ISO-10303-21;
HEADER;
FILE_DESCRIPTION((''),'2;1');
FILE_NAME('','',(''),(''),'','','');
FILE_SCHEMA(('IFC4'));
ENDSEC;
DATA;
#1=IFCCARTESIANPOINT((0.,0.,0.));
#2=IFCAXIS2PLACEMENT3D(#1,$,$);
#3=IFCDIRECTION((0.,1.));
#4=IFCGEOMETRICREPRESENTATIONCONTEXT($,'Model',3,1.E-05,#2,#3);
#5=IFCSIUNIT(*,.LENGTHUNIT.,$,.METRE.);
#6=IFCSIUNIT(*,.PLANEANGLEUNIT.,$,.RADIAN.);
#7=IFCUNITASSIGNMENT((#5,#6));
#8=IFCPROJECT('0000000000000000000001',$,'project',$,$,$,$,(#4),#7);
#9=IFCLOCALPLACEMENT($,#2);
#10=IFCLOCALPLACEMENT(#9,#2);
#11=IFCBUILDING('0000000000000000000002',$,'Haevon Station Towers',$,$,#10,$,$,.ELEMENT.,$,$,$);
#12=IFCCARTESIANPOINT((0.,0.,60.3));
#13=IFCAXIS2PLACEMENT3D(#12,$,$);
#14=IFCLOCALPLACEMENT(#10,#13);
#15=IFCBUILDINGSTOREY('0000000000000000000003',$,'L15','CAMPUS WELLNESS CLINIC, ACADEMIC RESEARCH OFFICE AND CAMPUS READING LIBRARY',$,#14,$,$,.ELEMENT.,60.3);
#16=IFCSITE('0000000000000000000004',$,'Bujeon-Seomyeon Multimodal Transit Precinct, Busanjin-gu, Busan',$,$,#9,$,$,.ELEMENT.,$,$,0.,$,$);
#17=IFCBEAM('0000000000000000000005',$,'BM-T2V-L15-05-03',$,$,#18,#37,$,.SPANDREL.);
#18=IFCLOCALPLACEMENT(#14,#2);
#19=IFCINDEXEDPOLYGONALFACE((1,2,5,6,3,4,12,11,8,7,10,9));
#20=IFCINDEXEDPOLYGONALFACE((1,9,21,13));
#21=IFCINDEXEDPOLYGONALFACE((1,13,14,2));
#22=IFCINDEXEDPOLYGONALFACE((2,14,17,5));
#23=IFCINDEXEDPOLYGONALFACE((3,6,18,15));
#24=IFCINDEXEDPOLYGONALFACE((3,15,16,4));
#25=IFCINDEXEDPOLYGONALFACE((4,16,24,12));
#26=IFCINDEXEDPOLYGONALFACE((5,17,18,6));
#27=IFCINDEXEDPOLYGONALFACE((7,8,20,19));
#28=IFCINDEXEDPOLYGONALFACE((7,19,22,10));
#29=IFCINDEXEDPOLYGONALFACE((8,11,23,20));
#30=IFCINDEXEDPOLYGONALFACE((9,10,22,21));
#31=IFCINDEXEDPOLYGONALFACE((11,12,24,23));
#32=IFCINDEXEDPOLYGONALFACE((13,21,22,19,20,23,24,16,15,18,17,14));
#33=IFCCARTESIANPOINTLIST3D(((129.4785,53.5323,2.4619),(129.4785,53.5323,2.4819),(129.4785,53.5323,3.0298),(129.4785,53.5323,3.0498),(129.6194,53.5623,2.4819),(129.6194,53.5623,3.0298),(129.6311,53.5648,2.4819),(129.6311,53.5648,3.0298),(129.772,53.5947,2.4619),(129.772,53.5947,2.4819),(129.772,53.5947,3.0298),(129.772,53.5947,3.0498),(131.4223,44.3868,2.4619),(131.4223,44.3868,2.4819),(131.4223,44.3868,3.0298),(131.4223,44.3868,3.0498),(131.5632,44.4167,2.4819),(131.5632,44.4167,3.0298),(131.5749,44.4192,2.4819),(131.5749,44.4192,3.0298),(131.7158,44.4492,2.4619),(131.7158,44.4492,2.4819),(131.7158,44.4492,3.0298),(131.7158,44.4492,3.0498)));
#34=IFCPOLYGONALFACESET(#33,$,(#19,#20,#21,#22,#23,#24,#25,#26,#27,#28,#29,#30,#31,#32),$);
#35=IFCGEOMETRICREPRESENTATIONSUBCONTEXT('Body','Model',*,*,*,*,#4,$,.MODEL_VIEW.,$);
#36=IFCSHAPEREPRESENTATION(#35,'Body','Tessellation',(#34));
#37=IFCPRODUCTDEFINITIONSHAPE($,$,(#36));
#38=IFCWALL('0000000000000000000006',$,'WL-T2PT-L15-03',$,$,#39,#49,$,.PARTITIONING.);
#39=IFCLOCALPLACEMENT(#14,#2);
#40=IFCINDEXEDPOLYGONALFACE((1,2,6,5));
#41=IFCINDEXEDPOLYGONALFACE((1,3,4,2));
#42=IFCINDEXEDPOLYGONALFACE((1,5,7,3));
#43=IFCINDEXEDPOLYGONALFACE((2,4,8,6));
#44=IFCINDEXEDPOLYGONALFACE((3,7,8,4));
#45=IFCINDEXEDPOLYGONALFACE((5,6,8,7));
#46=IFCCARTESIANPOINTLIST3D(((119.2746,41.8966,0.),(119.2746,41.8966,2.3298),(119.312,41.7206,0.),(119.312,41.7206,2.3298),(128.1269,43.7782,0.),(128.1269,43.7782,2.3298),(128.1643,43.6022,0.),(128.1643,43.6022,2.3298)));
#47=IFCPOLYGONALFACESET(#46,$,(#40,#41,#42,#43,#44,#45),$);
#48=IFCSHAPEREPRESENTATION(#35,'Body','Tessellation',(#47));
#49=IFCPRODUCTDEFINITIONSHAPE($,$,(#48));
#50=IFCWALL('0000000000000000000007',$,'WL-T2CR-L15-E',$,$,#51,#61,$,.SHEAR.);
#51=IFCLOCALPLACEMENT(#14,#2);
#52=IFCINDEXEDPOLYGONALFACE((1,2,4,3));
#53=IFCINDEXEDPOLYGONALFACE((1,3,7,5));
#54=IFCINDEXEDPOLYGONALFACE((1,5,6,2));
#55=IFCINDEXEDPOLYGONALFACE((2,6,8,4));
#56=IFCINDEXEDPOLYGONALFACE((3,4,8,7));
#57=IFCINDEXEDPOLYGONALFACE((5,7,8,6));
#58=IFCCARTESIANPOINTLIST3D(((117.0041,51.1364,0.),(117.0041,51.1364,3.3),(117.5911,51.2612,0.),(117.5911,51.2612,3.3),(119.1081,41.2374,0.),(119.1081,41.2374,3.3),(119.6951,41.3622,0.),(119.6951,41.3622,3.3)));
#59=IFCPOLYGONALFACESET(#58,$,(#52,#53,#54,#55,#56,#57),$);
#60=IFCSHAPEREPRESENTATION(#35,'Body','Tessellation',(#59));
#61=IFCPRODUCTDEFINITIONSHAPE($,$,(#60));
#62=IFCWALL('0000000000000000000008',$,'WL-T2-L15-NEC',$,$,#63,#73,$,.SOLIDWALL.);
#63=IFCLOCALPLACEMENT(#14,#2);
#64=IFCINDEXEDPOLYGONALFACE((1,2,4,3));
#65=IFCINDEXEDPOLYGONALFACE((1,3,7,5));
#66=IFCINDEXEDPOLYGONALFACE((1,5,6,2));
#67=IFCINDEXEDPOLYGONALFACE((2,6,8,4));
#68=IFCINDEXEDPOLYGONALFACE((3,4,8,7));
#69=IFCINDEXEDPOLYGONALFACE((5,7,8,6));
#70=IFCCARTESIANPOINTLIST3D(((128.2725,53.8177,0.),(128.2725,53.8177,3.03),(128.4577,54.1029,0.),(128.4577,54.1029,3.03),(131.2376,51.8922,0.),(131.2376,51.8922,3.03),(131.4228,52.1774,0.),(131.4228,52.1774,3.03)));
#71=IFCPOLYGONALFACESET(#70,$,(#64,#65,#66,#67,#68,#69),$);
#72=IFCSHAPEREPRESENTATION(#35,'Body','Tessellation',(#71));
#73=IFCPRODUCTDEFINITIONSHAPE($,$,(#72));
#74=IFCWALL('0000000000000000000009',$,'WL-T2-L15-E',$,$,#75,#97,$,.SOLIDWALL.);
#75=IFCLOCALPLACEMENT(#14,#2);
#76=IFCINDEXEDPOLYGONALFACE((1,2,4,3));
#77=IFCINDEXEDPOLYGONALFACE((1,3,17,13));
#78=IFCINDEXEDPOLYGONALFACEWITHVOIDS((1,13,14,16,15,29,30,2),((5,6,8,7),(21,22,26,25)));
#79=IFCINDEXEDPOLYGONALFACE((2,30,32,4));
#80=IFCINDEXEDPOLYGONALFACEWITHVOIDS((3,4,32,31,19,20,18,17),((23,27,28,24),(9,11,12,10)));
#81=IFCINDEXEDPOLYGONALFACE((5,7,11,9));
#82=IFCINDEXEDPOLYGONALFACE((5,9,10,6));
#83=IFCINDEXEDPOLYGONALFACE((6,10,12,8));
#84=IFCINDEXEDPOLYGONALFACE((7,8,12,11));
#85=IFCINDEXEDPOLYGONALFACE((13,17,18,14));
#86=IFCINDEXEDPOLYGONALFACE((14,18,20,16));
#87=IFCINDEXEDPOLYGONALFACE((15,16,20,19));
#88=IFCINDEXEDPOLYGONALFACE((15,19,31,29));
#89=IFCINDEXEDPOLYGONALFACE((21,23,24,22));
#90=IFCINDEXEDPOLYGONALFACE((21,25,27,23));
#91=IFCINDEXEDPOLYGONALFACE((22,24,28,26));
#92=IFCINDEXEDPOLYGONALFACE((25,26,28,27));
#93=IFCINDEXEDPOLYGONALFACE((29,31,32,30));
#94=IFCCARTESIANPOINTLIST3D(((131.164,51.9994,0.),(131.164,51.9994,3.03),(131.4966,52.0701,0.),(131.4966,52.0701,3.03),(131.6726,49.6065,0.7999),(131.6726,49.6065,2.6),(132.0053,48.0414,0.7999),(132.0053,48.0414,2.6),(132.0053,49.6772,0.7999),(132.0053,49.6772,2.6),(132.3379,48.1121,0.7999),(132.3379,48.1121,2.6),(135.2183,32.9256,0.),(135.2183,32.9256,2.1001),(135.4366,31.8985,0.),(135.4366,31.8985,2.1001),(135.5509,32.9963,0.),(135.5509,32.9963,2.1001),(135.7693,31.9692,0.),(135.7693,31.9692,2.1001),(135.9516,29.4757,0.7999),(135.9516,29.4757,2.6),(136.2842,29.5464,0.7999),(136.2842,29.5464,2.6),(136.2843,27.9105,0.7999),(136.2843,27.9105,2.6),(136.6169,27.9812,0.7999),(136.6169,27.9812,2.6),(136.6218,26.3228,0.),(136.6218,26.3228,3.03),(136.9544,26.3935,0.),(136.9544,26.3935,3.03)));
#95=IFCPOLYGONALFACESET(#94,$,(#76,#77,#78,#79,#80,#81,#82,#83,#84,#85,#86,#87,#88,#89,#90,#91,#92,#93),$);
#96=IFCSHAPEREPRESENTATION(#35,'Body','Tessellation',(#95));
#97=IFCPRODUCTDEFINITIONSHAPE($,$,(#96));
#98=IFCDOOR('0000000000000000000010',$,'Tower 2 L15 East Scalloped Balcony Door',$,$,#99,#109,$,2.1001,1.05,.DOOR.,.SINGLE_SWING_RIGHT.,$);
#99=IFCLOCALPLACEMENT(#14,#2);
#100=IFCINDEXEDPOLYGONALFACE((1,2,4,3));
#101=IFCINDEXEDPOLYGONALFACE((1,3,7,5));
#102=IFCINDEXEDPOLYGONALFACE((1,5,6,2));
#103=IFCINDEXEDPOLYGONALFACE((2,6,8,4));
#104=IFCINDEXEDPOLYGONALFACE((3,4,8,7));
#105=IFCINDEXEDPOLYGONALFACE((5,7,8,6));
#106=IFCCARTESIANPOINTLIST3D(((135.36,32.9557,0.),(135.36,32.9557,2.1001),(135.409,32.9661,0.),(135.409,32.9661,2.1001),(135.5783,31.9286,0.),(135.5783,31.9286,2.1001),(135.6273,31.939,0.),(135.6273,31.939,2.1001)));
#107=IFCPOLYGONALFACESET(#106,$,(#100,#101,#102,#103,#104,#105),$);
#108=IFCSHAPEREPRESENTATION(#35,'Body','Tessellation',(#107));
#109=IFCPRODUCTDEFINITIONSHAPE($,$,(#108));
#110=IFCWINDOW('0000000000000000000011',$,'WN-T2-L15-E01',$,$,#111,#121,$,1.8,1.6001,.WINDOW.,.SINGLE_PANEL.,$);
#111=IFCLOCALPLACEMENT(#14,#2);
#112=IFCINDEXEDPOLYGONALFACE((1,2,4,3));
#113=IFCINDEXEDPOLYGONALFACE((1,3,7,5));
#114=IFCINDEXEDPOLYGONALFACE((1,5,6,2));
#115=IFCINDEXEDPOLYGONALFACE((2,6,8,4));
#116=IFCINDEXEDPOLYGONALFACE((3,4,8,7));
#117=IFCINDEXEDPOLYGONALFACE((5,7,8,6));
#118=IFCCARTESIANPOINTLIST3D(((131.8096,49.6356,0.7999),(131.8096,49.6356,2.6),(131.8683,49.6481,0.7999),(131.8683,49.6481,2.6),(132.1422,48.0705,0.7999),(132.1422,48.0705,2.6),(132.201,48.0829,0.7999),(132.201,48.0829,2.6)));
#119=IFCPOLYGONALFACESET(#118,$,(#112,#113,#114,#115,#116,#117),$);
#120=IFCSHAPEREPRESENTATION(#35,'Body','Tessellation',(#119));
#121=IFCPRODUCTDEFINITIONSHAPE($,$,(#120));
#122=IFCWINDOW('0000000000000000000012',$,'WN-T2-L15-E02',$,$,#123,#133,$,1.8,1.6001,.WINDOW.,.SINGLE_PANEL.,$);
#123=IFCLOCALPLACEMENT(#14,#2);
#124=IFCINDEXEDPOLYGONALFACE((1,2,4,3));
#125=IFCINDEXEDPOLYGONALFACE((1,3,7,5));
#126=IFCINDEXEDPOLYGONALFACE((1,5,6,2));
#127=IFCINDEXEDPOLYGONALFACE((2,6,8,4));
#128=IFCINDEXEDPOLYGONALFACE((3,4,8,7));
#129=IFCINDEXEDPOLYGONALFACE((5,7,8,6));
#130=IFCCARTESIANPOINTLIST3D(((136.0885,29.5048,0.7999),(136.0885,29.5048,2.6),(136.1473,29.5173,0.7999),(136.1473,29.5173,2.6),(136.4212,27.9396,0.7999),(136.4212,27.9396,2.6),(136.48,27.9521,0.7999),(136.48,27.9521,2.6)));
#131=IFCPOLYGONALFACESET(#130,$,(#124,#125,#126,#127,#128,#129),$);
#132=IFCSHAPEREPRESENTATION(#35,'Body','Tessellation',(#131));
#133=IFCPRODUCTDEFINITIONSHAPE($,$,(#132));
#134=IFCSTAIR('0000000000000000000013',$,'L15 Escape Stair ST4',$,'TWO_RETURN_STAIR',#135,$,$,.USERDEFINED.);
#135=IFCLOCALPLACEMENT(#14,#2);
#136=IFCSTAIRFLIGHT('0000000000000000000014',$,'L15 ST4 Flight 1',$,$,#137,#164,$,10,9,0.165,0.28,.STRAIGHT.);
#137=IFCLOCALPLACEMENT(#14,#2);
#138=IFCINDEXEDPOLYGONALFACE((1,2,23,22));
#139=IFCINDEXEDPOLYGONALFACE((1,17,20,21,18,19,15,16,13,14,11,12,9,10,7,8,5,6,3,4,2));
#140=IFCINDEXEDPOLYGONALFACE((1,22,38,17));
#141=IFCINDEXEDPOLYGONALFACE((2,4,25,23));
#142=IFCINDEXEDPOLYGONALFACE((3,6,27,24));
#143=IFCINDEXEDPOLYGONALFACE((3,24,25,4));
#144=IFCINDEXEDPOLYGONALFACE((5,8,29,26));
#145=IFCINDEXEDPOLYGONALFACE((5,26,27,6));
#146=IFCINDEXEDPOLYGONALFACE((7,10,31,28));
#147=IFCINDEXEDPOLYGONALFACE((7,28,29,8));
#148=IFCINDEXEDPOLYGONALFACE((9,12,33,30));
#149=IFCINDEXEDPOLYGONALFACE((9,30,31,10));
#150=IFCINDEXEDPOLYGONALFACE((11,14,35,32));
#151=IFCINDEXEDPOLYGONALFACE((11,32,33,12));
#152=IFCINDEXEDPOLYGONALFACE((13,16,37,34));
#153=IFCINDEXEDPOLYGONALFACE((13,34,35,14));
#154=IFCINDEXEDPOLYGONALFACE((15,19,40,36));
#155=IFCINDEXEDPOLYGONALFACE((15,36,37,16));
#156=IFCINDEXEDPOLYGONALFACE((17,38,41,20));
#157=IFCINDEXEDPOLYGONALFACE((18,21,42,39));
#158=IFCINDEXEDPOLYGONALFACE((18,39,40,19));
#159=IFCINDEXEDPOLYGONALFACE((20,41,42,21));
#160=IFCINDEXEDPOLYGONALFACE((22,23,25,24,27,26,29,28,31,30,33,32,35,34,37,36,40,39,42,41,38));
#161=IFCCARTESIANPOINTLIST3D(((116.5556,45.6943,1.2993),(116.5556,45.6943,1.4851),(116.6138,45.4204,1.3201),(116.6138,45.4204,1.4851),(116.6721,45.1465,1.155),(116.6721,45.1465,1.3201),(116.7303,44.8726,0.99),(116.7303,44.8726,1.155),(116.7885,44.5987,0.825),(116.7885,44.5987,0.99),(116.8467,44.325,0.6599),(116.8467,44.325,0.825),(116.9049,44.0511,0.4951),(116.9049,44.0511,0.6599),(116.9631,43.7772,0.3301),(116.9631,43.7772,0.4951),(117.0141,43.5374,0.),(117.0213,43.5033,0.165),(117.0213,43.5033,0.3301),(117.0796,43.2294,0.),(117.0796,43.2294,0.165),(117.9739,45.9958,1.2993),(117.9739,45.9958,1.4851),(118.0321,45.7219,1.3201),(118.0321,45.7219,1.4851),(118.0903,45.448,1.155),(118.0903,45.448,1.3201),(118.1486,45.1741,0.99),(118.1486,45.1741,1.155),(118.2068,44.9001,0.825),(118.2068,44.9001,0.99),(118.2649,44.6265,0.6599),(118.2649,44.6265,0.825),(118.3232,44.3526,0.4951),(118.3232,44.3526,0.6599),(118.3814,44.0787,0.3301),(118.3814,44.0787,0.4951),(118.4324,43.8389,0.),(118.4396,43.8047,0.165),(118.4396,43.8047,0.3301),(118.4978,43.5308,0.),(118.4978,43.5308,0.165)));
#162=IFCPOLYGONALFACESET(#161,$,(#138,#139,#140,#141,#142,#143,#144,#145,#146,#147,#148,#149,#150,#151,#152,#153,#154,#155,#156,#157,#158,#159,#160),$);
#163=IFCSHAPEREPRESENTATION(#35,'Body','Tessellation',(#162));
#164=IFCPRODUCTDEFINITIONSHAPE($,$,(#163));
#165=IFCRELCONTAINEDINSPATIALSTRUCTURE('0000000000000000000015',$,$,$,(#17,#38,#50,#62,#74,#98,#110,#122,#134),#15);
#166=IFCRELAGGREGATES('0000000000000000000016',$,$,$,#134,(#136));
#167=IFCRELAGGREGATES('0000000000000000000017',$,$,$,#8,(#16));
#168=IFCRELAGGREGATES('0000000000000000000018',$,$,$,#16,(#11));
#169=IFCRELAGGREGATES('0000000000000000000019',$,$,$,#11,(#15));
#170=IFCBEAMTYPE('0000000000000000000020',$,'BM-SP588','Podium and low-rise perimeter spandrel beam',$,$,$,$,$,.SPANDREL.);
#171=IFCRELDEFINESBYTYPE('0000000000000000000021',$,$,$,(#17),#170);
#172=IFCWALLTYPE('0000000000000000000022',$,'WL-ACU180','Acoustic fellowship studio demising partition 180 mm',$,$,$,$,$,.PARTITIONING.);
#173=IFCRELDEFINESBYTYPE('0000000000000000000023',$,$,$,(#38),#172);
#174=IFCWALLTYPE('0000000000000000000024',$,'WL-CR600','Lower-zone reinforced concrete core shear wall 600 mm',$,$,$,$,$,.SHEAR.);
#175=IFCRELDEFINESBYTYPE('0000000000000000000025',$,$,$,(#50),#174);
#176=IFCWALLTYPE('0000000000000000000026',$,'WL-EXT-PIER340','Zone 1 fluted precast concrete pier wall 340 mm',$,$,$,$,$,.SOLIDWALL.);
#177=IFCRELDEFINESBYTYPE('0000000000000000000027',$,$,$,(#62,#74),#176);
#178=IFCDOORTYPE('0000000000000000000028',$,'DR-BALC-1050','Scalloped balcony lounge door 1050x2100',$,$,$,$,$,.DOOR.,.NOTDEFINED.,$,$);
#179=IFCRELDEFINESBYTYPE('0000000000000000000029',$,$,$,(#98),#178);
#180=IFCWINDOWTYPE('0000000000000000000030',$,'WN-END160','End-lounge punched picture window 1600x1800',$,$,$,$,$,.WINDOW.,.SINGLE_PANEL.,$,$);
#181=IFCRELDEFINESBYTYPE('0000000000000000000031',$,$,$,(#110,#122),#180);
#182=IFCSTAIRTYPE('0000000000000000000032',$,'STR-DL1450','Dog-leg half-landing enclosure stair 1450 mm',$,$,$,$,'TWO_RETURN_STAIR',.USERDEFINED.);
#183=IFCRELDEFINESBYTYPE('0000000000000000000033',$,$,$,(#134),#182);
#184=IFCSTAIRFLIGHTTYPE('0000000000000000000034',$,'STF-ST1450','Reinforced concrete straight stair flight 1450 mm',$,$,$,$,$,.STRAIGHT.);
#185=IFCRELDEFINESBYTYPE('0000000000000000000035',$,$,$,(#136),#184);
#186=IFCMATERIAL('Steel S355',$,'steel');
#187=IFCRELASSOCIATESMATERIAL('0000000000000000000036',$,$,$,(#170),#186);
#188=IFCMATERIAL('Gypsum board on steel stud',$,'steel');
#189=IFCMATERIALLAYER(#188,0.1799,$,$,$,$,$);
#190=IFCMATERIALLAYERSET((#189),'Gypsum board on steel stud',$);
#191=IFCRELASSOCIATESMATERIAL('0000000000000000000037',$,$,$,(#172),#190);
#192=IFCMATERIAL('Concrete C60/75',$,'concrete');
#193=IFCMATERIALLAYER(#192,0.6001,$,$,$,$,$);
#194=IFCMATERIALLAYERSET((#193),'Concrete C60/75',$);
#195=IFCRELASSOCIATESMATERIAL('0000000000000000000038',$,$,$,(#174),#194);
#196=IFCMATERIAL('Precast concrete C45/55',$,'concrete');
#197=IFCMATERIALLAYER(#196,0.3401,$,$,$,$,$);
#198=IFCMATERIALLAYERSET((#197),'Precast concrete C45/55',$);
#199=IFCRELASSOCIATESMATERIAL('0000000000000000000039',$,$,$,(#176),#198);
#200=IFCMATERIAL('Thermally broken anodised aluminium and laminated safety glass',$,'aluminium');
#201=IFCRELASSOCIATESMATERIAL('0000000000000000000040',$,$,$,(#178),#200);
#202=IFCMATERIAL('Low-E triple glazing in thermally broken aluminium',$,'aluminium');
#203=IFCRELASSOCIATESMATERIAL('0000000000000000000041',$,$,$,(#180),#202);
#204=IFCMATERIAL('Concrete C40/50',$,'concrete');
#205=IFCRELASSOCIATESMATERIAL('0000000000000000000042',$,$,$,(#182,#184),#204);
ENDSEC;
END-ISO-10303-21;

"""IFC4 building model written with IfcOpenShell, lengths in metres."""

from ifc_helpers import new_model, si_unit, direction, frame, frame_2d, origin, origin_2d, place, context, subcontext, project, spatial, polyline, rectangle, i_section, outline, extrude, material, layer, layer_set, material_profile, profile_set, type_object, element, fill, aggregate, save


model = new_model("IFC4")

# Units and contexts
model_context = context("Model", 3, precision=1e-05, world=origin(), true_north=direction((0.0, 1.0)))
body_context = subcontext(model_context, "Body", "Model", "MODEL_VIEW")
ifc_project = project(units=[si_unit("LENGTHUNIT", "METRE"), si_unit("PLANEANGLEUNIT", "RADIAN")], contexts=[model_context])

# Site, building, storey
site_placement = place(None, origin())
site = spatial("IfcSite", under=ifc_project, at=site_placement, Name="Bujeon-Seomyeon Multimodal Transit Precinct, Busanjin-gu, Busan", CompositionType="ELEMENT", RefElevation=0.0)
building_placement = place(site_placement, origin())
building = spatial("IfcBuilding", under=site, at=building_placement, Name="Haevon Station Towers", CompositionType="ELEMENT")
storey_placement = place(building_placement, frame((0.0, 0.0, 60.3)))
storey = spatial("IfcBuildingStorey", under=building, at=storey_placement, Name="L15", Description="CAMPUS WELLNESS CLINIC, ACADEMIC RESEARCH OFFICE AND CAMPUS READING LIBRARY", CompositionType="ELEMENT", Elevation=60.3)

# Beam
ifc_material_1 = material(Name="Steel S355", Category="steel")
ifc_material_profile_1 = material_profile(ifc_material_1, i_section(OverallWidth=0.3, OverallDepth=0.5879, WebThickness=0.012, FlangeThickness=0.02, at=origin_2d()), Name="H-588x300x12x20")
ifc_profile_set_1 = profile_set([ifc_material_profile_1], Name="Steel S355")
beam_type_1 = type_object("IfcBeamType", Name="BM-SP588", Description="Podium and low-rise perimeter spandrel beam", PredefinedType="SPANDREL", material=ifc_profile_set_1)
beam_1_placement = place(storey_placement, frame((131.5691, 44.418, 2.7559), z_axis=(-0.207902, 0.97815, 0.0), x_axis=(-0.97815, -0.207902, 0.0)))
element("IfcBeam", 1, at=beam_1_placement, inside=storey, type_object=beam_type_1, Name="BM-T2V-L15-05-03", PredefinedType="SPANDREL", context=body_context, shape_type="SweptSolid", body=[
    extrude(i_section(OverallWidth=0.3, OverallDepth=0.5879, WebThickness=0.012, FlangeThickness=0.02, at=origin_2d()), origin(), (0.0, 0.0, 1.0), 9.3499),
])

# Walls
ifc_material_2 = material(Name="Gypsum board on steel stud", Category="steel")
ifc_layer_1 = layer(ifc_material_2, 0.1799)
ifc_layer_set_1 = layer_set([ifc_layer_1], Name="Gypsum board on steel stud")
wall_type_1 = type_object("IfcWallType", Name="WL-ACU180", Description="Acoustic fellowship studio demising partition 180 mm", PredefinedType="PARTITIONING", material=ifc_layer_set_1)
wall_1_placement = place(storey_placement, frame((119.2935, 41.8086, 0.0), z_axis=(0.0, 0.0, 1.0), x_axis=(0.978148, 0.207909, 0.0)))
element("IfcWall", 2, at=wall_1_placement, inside=storey, type_object=wall_type_1, Name="WL-T2PT-L15-03", PredefinedType="PARTITIONING", context=body_context, shape_type="SweptSolid", body=[
    extrude(rectangle(XDim=9.05, YDim=0.1799, at=frame_2d((4.5249, 0.0))), origin(), (0.0, 0.0, 1.0), 2.3298),
])
ifc_material_3 = material(Name="Concrete C60/75", Category="concrete")
ifc_layer_2 = layer(ifc_material_3, 0.6001)
ifc_layer_set_2 = layer_set([ifc_layer_2], Name="Concrete C60/75")
wall_type_2 = type_object("IfcWallType", Name="WL-CR600", Description="Lower-zone reinforced concrete core shear wall 600 mm", PredefinedType="SHEAR", material=ifc_layer_set_2)
wall_2_placement = place(storey_placement, frame((119.4016, 41.2998, 0.0), z_axis=(0.0, 0.0, 1.0), x_axis=(-0.207904, 0.978149, 0.0)))
element("IfcWall", 3, at=wall_2_placement, inside=storey, type_object=wall_type_2, Name="WL-T2CR-L15-E", PredefinedType="SHEAR", context=body_context, shape_type="SweptSolid", body=[
    extrude(rectangle(XDim=10.1201, YDim=0.6001, at=frame_2d((5.0601, 0.0))), origin(), (0.0, 0.0, 1.0), 3.3),
])
ifc_material_4 = material(Name="Precast concrete C45/55", Category="concrete")
ifc_layer_3 = layer(ifc_material_4, 0.3401)
ifc_layer_set_3 = layer_set([ifc_layer_3], Name="Precast concrete C45/55")
wall_type_3 = type_object("IfcWallType", Name="WL-EXT-PIER340", Description="Zone 1 fluted precast concrete pier wall 340 mm", PredefinedType="SOLIDWALL", material=ifc_layer_set_3)
wall_3_placement = place(storey_placement, frame((128.3652, 53.9602, 0.0), z_axis=(0.0, 0.0, 1.0), x_axis=(0.838672, -0.544636, 0.0)))
element("IfcWall", 4, at=wall_3_placement, inside=storey, type_object=wall_type_3, Name="WL-T2-L15-NEC", PredefinedType="SOLIDWALL", context=body_context, shape_type="SweptSolid", body=[
    extrude(rectangle(XDim=3.5354, YDim=0.3401, at=frame_2d((1.7676, 0.0))), origin(), (0.0, 0.0, 1.0), 3.03),
])

# Wall, openings, door, windows
wall_4_placement = place(storey_placement, frame((131.3303, 52.0347, 0.0), z_axis=(0.0, 0.0, 1.0), x_axis=(0.207914, -0.978147, 0.0)))
wall_4 = element("IfcWall", 5, at=wall_4_placement, inside=storey, type_object=wall_type_3, Name="WL-T2-L15-E", PredefinedType="SOLIDWALL", context=body_context, shape_type="SweptSolid", body=[
    extrude(rectangle(XDim=26.2502, YDim=0.3401, at=frame_2d((13.125, 0.0))), origin(), (0.0, 0.0, 1.0), 3.03),
])
opening_1_placement = place(wall_4_placement, frame((19.5, 0.0, 0.0)))
opening_1 = element("IfcOpeningElement", 6, at=opening_1_placement, cuts=wall_4, PredefinedType="OPENING", context=body_context, shape_type="SweptSolid", body=[
    extrude(rectangle(XDim=1.05, YDim=2.1001, at=frame_2d((0.5249, 1.05))), frame((0.0, 0.1799, 0.0), z_axis=(0.0, -1.0, 0.0), x_axis=(1.0, 0.0, 0.0)), (0.0, 0.0, 1.0), 0.3601),
])
opening_2_placement = place(wall_4_placement, frame((2.4463, 0.0, 0.8)))
opening_2 = element("IfcOpeningElement", 7, at=opening_2_placement, cuts=wall_4, PredefinedType="OPENING", context=body_context, shape_type="SweptSolid", body=[
    extrude(rectangle(XDim=1.6001, YDim=1.8, at=frame_2d((0.8, 0.8999))), frame((0.0, 0.1799, 0.0), z_axis=(0.0, -1.0, 0.0), x_axis=(1.0, 0.0, 0.0)), (0.0, 0.0, 1.0), 0.3601),
])
opening_3_placement = place(wall_4_placement, frame((23.0269, 0.0, 0.8)))
opening_3 = element("IfcOpeningElement", 8, at=opening_3_placement, cuts=wall_4, PredefinedType="OPENING", context=body_context, shape_type="SweptSolid", body=[
    extrude(rectangle(XDim=1.6001, YDim=1.8, at=frame_2d((0.8, 0.8999))), frame((0.0, 0.1799, 0.0), z_axis=(0.0, -1.0, 0.0), x_axis=(1.0, 0.0, 0.0)), (0.0, 0.0, 1.0), 0.3601),
])
ifc_material_5 = material(Name="Thermally broken anodised aluminium and laminated safety glass", Category="aluminium")
door_type = type_object("IfcDoorType", Name="DR-BALC-1050", Description="Scalloped balcony lounge door 1050x2100", OperationType="NOTDEFINED", PredefinedType="DOOR", material=ifc_material_5)
door_placement = place(opening_1_placement, origin())
door = element("IfcDoor", 9, at=door_placement, inside=storey, type_object=door_type, Name="Tower 2 L15 East Scalloped Balcony Door", OperationType="SINGLE_SWING_RIGHT", OverallHeight=2.1001, OverallWidth=1.05, PredefinedType="DOOR", context=body_context, shape_type="SweptSolid", body=[
    extrude(rectangle(XDim=1.05, YDim=2.1001, at=frame_2d((0.5249, 1.05))), frame((0.0, 0.0249, 0.0), z_axis=(0.0, -1.0, 0.0), x_axis=(1.0, 0.0, 0.0)), (0.0, 0.0, 1.0), 0.05),
])
fill(opening_1, door)
ifc_material_6 = material(Name="Low-E triple glazing in thermally broken aluminium", Category="aluminium")
window_type = type_object("IfcWindowType", Name="WN-END160", Description="End-lounge punched picture window 1600x1800", PartitioningType="SINGLE_PANEL", PredefinedType="WINDOW", material=ifc_material_6)
window_1_placement = place(opening_2_placement, origin())
window_1 = element("IfcWindow", 10, at=window_1_placement, inside=storey, type_object=window_type, Name="WN-T2-L15-E01", OverallHeight=1.8, OverallWidth=1.6001, PartitioningType="SINGLE_PANEL", PredefinedType="WINDOW", context=body_context, shape_type="SweptSolid", body=[
    extrude(rectangle(XDim=1.6001, YDim=1.8, at=frame_2d((0.8, 0.8999))), frame((0.0, 0.03, 0.0), z_axis=(0.0, -1.0, 0.0), x_axis=(1.0, 0.0, 0.0)), (0.0, 0.0, 1.0), 0.0601),
])
fill(opening_2, window_1)
window_2_placement = place(opening_3_placement, origin())
window_2 = element("IfcWindow", 11, at=window_2_placement, inside=storey, type_object=window_type, Name="WN-T2-L15-E02", OverallHeight=1.8, OverallWidth=1.6001, PartitioningType="SINGLE_PANEL", PredefinedType="WINDOW", context=body_context, shape_type="SweptSolid", body=[
    extrude(rectangle(XDim=1.6001, YDim=1.8, at=frame_2d((0.8, 0.8999))), frame((0.0, 0.03, 0.0), z_axis=(0.0, -1.0, 0.0), x_axis=(1.0, 0.0, 0.0)), (0.0, 0.0, 1.0), 0.0601),
])
fill(opening_3, window_2)

# Stair, stair flight
ifc_material_7 = material(Name="Concrete C40/50", Category="concrete")
stair_type = type_object("IfcStairType", Name="STR-DL1450", Description="Dog-leg half-landing enclosure stair 1450 mm", ElementType="TWO_RETURN_STAIR", PredefinedType="USERDEFINED", material=ifc_material_7)
stair_placement = place(storey_placement, origin())
stair = element("IfcStair", 12, at=stair_placement, inside=storey, type_object=stair_type, Name="L15 Escape Stair ST4", ObjectType="TWO_RETURN_STAIR", PredefinedType="USERDEFINED")
stair_flight_type = type_object("IfcStairFlightType", Name="STF-ST1450", Description="Reinforced concrete straight stair flight 1450 mm", PredefinedType="STRAIGHT", material=ifc_material_7)
stair_flight_placement = place(storey_placement, frame((117.7888, 43.3801, 0.0), z_axis=(0.0, 0.0, 1.0), x_axis=(-0.207912, 0.978148, 0.0)))
stair_flight = element("IfcStairFlight", 13, at=stair_flight_placement, type_object=stair_flight_type, Name="L15 ST4 Flight 1", NumberOfRisers=10, NumberOfTreads=9, PredefinedType="STRAIGHT", RiserHeight=0.165, TreadLength=0.28, context=body_context, shape_type="SweptSolid", body=[
    extrude(outline(polyline([(0.0, 0.0), (0.0, 0.165), (0.28, 0.165), (0.28, 0.3301), (0.5601, 0.3301), (0.5601, 0.4951), (0.8401, 0.4951), (0.8401, 0.6599), (1.1201, 0.6599), (1.1201, 0.825), (1.3999, 0.825), (1.3999, 0.99), (1.6799, 0.99), (1.6799, 1.155), (1.96, 1.155), (1.96, 1.3201), (2.24, 1.3201), (2.24, 1.4851), (2.52, 1.4851), (2.52, 1.6499), (2.52, 1.2993), (0.3149, 0.0), (0.0, 0.0)])), frame((0.0, 0.7251, 0.0), z_axis=(0.0, -1.0, 0.0), x_axis=(1.0, 0.0, 0.0)), (0.0, 0.0, 1.0), 1.45),
])
aggregate(stair, [stair_flight])

save(model, "model.ifc")
